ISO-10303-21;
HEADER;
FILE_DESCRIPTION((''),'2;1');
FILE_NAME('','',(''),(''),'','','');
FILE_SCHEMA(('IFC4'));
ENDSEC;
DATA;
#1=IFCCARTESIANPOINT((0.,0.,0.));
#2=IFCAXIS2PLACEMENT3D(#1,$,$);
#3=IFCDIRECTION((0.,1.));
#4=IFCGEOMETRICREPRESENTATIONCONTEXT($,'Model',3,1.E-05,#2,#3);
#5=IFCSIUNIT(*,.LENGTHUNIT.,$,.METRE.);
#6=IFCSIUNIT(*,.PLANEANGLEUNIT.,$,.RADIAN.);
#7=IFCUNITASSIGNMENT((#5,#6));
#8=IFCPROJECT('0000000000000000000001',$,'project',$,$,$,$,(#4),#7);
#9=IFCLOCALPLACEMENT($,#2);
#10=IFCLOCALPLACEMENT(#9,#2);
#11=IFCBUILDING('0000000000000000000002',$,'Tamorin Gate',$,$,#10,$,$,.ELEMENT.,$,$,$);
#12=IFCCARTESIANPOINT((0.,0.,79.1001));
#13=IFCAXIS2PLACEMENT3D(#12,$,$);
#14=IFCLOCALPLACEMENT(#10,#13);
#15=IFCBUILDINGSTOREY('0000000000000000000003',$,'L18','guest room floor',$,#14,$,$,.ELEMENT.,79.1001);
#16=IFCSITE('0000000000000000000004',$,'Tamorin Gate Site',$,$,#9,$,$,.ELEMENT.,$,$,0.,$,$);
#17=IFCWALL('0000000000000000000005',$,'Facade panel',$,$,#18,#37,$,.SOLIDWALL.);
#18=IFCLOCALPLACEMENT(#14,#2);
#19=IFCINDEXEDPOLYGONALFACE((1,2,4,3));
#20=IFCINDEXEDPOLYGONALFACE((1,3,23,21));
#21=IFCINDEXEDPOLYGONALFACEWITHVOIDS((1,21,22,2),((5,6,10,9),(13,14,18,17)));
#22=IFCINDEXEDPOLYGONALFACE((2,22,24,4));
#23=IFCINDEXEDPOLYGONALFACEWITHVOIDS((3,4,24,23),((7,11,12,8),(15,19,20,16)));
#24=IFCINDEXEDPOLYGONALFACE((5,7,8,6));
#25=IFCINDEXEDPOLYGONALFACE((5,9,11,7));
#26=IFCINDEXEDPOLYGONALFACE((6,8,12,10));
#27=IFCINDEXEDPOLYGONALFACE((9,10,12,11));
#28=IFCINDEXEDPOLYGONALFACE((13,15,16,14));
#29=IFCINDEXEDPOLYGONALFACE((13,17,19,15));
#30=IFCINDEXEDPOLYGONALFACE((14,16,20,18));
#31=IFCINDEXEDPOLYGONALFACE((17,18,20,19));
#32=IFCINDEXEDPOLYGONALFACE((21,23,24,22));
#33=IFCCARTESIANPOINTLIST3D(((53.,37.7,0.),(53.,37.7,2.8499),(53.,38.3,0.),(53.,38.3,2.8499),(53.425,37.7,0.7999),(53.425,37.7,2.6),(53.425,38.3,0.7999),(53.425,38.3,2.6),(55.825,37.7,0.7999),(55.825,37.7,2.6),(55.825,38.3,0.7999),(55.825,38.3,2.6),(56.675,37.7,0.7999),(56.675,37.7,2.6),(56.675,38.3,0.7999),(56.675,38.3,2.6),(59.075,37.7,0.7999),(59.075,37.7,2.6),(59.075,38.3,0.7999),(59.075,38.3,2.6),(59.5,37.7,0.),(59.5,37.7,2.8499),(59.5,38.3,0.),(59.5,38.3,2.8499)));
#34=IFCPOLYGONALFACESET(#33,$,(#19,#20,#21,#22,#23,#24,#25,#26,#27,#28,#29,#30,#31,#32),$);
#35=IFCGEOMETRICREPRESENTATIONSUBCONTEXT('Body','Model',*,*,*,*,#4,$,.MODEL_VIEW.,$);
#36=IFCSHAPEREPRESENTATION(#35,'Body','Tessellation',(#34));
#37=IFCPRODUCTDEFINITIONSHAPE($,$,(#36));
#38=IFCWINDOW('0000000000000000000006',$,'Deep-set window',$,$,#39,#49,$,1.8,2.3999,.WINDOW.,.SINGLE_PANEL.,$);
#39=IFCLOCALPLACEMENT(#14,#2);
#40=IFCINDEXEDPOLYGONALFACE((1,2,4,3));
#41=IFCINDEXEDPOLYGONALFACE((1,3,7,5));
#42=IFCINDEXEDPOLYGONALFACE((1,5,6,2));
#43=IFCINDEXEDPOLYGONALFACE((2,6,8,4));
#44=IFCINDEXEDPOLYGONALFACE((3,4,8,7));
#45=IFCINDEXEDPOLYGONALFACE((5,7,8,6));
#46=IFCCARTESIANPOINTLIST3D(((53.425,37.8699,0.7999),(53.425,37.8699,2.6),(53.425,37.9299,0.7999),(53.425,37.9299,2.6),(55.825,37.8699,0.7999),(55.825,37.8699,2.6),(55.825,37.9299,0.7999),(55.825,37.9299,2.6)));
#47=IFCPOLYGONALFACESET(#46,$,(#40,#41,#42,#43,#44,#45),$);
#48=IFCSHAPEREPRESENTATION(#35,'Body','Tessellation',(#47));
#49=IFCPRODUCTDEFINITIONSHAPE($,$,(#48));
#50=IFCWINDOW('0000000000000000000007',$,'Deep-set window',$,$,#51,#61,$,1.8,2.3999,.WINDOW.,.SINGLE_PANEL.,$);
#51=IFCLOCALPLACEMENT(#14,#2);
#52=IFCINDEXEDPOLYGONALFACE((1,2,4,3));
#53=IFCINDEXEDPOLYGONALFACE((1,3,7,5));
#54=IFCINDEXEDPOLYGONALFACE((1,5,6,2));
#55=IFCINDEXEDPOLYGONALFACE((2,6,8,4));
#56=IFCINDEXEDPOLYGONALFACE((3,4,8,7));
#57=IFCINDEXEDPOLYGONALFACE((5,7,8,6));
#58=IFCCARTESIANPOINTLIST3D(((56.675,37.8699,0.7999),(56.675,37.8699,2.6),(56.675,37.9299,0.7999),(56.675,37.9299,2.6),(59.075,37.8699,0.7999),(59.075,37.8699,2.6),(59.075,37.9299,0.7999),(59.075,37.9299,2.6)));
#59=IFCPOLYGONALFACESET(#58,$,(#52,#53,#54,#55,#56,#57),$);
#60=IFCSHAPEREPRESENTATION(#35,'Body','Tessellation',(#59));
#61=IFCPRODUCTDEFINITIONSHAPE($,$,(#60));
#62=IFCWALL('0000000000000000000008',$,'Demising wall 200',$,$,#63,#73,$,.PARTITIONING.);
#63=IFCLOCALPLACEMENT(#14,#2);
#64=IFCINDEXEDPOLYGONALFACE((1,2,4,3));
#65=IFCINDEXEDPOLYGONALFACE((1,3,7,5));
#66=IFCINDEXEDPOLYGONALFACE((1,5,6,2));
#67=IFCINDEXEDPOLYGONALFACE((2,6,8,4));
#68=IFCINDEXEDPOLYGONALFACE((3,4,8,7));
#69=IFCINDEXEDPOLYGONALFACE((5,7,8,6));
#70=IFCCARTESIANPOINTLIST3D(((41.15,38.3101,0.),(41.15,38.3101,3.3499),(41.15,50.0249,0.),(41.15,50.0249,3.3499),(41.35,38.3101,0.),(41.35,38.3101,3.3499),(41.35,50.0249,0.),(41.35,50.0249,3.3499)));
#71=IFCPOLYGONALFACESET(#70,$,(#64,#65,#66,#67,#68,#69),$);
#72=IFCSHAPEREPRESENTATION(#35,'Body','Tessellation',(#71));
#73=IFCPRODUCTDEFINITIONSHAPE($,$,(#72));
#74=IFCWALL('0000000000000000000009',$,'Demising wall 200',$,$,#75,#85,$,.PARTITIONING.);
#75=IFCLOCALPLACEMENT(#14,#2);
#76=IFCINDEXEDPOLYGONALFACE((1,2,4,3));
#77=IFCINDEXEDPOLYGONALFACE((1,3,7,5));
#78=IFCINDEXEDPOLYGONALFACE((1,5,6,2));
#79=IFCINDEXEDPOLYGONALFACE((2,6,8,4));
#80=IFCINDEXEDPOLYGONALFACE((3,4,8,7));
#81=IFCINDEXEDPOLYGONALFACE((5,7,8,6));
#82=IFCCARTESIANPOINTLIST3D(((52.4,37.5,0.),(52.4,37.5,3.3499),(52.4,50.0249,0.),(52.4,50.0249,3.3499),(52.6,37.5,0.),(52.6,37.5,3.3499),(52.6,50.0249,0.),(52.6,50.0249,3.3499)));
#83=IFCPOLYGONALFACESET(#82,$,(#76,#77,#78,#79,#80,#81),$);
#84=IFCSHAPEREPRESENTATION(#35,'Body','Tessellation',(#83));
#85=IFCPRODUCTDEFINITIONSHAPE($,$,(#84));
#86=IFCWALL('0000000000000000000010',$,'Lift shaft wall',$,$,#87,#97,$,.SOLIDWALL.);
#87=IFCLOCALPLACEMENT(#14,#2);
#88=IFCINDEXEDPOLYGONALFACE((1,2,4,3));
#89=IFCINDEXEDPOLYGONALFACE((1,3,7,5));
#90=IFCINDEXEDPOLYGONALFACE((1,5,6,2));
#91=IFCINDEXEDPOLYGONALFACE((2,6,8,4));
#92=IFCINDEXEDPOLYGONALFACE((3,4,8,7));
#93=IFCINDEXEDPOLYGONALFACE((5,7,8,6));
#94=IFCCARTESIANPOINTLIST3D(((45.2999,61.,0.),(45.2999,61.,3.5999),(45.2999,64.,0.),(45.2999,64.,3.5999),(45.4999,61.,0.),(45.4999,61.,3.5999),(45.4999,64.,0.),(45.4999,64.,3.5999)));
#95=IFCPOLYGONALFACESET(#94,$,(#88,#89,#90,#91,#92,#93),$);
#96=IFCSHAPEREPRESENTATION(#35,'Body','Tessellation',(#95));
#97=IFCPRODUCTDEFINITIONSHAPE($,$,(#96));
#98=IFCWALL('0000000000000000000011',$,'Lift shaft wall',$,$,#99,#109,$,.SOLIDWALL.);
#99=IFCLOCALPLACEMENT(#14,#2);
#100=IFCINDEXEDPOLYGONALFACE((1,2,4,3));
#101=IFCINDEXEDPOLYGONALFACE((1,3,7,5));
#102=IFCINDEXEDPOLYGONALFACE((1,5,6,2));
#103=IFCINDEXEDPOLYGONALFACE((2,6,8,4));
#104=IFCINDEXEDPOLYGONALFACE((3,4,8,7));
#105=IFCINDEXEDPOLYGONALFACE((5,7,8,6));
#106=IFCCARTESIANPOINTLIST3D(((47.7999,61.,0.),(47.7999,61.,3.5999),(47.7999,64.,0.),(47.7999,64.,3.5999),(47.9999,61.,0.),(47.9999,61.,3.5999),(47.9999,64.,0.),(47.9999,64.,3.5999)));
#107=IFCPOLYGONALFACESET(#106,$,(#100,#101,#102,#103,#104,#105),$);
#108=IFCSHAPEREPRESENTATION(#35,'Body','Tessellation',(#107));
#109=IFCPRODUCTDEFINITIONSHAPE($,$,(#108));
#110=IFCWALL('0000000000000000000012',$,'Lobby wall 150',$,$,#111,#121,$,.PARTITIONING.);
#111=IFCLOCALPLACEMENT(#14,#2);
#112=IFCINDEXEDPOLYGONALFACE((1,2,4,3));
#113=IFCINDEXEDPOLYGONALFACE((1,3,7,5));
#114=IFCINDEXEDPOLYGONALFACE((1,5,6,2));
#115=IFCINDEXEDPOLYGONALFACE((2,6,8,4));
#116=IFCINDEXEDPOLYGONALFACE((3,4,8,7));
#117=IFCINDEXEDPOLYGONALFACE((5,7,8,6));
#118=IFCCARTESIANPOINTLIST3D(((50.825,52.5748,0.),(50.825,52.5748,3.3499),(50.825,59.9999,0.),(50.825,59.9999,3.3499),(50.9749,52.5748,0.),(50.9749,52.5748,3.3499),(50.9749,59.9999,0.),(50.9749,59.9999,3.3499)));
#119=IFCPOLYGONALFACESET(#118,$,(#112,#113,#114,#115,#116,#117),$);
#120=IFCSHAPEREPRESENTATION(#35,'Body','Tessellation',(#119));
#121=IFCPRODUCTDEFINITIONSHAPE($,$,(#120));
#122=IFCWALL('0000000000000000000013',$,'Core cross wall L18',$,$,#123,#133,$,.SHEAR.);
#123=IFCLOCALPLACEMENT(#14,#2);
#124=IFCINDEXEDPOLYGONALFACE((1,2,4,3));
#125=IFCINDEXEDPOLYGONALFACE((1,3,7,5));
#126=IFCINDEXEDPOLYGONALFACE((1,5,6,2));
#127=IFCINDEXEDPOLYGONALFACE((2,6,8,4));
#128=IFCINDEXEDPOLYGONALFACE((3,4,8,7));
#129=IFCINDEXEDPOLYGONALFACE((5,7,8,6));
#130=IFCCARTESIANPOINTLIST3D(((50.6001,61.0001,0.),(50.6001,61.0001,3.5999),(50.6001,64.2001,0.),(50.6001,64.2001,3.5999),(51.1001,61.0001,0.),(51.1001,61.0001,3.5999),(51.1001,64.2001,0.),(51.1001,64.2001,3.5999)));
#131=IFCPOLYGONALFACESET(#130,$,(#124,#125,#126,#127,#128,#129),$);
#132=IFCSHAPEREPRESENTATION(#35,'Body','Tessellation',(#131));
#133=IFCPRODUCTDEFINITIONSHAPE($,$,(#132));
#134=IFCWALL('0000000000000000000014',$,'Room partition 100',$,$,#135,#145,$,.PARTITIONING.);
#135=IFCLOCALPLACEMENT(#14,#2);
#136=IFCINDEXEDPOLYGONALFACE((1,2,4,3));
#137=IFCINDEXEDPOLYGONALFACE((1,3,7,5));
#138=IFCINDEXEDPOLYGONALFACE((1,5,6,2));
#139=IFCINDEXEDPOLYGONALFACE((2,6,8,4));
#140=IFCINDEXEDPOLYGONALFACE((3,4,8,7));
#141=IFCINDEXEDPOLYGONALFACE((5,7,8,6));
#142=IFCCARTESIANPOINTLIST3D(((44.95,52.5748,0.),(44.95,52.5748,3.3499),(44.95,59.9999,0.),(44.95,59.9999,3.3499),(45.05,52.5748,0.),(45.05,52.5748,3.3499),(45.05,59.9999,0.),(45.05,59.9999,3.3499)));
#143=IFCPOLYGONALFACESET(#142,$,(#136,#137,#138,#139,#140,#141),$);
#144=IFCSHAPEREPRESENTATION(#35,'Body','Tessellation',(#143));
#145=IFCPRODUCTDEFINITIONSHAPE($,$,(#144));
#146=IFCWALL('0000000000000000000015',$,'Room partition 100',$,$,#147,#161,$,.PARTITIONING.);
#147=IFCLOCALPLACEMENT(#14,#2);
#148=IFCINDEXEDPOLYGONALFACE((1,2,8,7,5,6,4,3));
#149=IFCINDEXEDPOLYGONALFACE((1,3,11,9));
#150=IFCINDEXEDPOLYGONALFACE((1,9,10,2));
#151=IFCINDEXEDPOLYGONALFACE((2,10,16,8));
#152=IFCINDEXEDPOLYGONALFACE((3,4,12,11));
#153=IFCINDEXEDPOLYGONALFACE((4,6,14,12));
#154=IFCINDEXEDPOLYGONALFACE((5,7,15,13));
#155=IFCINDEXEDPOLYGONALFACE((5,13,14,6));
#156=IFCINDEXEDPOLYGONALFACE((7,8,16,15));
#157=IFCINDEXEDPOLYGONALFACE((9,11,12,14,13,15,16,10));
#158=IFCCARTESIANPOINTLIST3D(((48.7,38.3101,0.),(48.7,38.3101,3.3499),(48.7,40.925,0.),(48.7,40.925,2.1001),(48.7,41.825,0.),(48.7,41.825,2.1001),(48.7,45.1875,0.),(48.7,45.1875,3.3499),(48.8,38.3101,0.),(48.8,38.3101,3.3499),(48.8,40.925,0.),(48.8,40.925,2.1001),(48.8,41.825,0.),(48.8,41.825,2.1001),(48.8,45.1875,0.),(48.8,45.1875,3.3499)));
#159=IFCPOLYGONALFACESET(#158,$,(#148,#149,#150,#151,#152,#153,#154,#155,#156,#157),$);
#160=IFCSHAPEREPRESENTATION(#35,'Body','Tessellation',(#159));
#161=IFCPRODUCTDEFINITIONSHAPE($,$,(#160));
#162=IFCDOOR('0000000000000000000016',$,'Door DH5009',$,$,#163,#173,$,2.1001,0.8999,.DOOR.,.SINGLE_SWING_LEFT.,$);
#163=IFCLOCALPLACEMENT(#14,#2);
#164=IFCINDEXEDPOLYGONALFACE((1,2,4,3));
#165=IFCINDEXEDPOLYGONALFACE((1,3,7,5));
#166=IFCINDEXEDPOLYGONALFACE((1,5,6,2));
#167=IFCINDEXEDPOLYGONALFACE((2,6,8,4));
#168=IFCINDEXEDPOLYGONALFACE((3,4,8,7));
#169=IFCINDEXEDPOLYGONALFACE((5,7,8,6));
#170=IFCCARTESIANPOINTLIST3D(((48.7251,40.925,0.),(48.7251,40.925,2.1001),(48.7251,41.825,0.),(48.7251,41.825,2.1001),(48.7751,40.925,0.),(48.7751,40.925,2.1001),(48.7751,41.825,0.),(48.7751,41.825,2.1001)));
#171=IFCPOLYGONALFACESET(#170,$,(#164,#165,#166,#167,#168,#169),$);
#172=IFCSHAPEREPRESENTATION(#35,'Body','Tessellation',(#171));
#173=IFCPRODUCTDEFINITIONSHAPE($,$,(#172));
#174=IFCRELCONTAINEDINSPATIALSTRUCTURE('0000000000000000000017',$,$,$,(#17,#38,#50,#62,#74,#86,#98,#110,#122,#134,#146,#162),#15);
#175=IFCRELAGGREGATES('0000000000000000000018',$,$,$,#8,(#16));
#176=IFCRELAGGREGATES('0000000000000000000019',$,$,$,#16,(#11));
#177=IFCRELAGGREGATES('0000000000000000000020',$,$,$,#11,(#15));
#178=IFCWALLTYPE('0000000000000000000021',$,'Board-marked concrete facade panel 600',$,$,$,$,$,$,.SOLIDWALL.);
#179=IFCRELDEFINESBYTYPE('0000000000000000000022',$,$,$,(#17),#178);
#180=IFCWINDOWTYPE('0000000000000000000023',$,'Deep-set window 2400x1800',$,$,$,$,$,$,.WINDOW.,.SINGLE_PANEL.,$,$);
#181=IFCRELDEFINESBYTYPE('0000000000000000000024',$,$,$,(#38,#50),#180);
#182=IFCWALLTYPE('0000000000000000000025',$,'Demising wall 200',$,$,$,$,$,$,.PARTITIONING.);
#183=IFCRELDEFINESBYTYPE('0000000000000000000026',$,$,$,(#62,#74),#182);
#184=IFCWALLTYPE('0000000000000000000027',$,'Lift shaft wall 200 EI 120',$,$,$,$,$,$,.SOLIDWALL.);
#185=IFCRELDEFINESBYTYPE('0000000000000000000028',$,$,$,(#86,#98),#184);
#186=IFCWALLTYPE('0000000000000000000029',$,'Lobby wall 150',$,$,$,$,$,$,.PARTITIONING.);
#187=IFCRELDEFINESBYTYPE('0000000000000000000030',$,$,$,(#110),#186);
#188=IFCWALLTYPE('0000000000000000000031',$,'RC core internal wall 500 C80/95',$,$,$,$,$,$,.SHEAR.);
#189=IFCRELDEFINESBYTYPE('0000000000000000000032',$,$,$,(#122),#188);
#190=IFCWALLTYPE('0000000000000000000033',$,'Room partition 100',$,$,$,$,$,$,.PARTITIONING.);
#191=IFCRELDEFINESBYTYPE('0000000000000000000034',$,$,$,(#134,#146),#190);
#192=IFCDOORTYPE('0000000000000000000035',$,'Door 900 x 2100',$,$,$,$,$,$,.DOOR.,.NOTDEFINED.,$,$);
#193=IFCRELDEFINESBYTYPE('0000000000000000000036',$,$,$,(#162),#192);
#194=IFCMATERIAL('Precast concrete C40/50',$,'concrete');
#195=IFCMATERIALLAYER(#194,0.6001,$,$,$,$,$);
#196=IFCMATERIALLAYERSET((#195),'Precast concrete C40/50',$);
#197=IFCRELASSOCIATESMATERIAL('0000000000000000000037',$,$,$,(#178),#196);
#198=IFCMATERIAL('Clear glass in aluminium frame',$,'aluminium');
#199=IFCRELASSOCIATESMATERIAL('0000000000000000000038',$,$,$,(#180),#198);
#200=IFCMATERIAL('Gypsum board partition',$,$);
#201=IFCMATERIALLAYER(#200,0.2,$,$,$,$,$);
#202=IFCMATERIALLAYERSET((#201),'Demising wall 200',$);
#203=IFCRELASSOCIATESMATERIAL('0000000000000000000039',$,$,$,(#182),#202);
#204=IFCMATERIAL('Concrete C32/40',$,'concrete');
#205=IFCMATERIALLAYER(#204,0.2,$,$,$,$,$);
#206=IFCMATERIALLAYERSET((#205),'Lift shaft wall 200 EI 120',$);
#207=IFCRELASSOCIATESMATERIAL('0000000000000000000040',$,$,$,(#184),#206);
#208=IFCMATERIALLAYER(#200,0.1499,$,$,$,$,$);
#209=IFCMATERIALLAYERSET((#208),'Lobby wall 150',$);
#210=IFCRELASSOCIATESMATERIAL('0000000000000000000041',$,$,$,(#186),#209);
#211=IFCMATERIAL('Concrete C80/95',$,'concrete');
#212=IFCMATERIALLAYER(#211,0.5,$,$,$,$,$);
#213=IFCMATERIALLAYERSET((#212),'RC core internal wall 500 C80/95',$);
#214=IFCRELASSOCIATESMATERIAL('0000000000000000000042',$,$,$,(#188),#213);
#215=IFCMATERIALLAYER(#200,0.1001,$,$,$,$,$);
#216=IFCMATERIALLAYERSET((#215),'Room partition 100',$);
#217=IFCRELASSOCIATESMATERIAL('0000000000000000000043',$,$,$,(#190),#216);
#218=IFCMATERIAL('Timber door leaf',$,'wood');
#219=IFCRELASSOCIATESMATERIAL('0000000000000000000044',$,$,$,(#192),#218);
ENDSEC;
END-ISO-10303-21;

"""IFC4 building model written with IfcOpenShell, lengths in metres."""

from ifc_helpers import new_model, si_unit, direction, frame, frame_2d, origin, place, context, subcontext, project, spatial, rectangle, extrude, material, layer, layer_set, type_object, element, fill, save


model = new_model("IFC4")

# Units and contexts
model_context = context("Model", 3, precision=1e-05, world=origin(), true_north=direction((0.0, 1.0)))
body_context = subcontext(model_context, "Body", "Model", "MODEL_VIEW")
ifc_project = project(units=[si_unit("LENGTHUNIT", "METRE"), si_unit("PLANEANGLEUNIT", "RADIAN")], contexts=[model_context])

# Site, building, storey
site_placement = place(None, origin())
site = spatial("IfcSite", under=ifc_project, at=site_placement, Name="Tamorin Gate Site", CompositionType="ELEMENT", RefElevation=0.0)
building_placement = place(site_placement, origin())
building = spatial("IfcBuilding", under=site, at=building_placement, Name="Tamorin Gate", CompositionType="ELEMENT")
storey_placement = place(building_placement, frame((0.0, 0.0, 79.1001)))
storey = spatial("IfcBuildingStorey", under=building, at=storey_placement, Name="L18", Description="guest room floor", CompositionType="ELEMENT", Elevation=79.1001)

# Shared definitions
ifc_material_1 = material(Name="Concrete C80/95", Category="concrete")

# Wall, openings, windows
ifc_material_2 = material(Name="Precast concrete C40/50", Category="concrete")
ifc_layer_1 = layer(ifc_material_2, 0.6001)
ifc_layer_set_1 = layer_set([ifc_layer_1], Name="Precast concrete C40/50")
wall_type_1 = type_object("IfcWallType", Name="Board-marked concrete facade panel 600", PredefinedType="SOLIDWALL", material=ifc_layer_set_1)
ifc_material_3 = material(Name="Clear glass in aluminium frame", Category="aluminium")
window_type = type_object("IfcWindowType", Name="Deep-set window 2400x1800", PartitioningType="SINGLE_PANEL", PredefinedType="WINDOW", material=ifc_material_3)
wall_1_placement = place(storey_placement, frame((53.0, 38.0, 0.0), z_axis=(0.0, 0.0, 1.0), x_axis=(1.0, 0.0, 0.0)))
wall_1 = element("IfcWall", 1, at=wall_1_placement, inside=storey, type_object=wall_type_1, Name="Facade panel", PredefinedType="SOLIDWALL", context=body_context, shape_type="SweptSolid", body=[
    extrude(rectangle(XDim=6.5, YDim=0.6001, at=frame_2d((3.25, 0.0))), origin(), (0.0, 0.0, 1.0), 2.8499),
])
opening_1_placement = place(wall_1_placement, frame((0.425, 0.0, 0.8)))
opening_1 = element("IfcOpeningElement", 2, at=opening_1_placement, cuts=wall_1, PredefinedType="OPENING", context=body_context, shape_type="SweptSolid", body=[
    extrude(rectangle(XDim=2.3999, YDim=1.8, at=frame_2d((1.2, 0.8999))), frame((0.0, 0.3101, 0.0), z_axis=(0.0, -1.0, 0.0), x_axis=(1.0, 0.0, 0.0)), (0.0, 0.0, 1.0), 0.6201),
])
opening_2_placement = place(wall_1_placement, frame((3.675, 0.0, 0.8)))
opening_2 = element("IfcOpeningElement", 3, at=opening_2_placement, cuts=wall_1, PredefinedType="OPENING", context=body_context, shape_type="SweptSolid", body=[
    extrude(rectangle(XDim=2.3999, YDim=1.8, at=frame_2d((1.2, 0.8999))), frame((0.0, 0.3101, 0.0), z_axis=(0.0, -1.0, 0.0), x_axis=(1.0, 0.0, 0.0)), (0.0, 0.0, 1.0), 0.6201),
])
window_1_placement = place(opening_1_placement, origin())
window_1 = element("IfcWindow", 4, at=window_1_placement, inside=storey, type_object=window_type, Name="Deep-set window", OverallHeight=1.8, OverallWidth=2.3999, PartitioningType="SINGLE_PANEL", PredefinedType="WINDOW", context=body_context, shape_type="SweptSolid", body=[
    extrude(rectangle(XDim=2.3999, YDim=1.8, at=frame_2d((1.2, 0.8999))), frame((0.0, -0.0701, 0.0), z_axis=(0.0, -1.0, 0.0), x_axis=(1.0, 0.0, 0.0)), (0.0, 0.0, 1.0), 0.0601),
])
fill(opening_1, window_1)
window_2_placement = place(opening_2_placement, origin())
window_2 = element("IfcWindow", 5, at=window_2_placement, inside=storey, type_object=window_type, Name="Deep-set window", OverallHeight=1.8, OverallWidth=2.3999, PartitioningType="SINGLE_PANEL", PredefinedType="WINDOW", context=body_context, shape_type="SweptSolid", body=[
    extrude(rectangle(XDim=2.3999, YDim=1.8, at=frame_2d((1.2, 0.8999))), frame((0.0, -0.0701, 0.0), z_axis=(0.0, -1.0, 0.0), x_axis=(1.0, 0.0, 0.0)), (0.0, 0.0, 1.0), 0.0601),
])
fill(opening_2, window_2)

# Walls
ifc_material_4 = material(Name="Gypsum board partition")
ifc_layer_2 = layer(ifc_material_4, 0.2)
ifc_layer_set_2 = layer_set([ifc_layer_2], Name="Demising wall 200")
wall_type_2 = type_object("IfcWallType", Name="Demising wall 200", PredefinedType="PARTITIONING", material=ifc_layer_set_2)
wall_2_placement = place(storey_placement, frame((41.25, 38.3101, 0.0), z_axis=(0.0, 0.0, 1.0), x_axis=(0.0, 1.0, 0.0)))
element("IfcWall", 6, at=wall_2_placement, inside=storey, type_object=wall_type_2, Name="Demising wall 200", PredefinedType="PARTITIONING", context=body_context, shape_type="SweptSolid", body=[
    extrude(rectangle(XDim=11.7148, YDim=0.2, at=frame_2d((5.8574, 0.0))), origin(), (0.0, 0.0, 1.0), 3.3499),
])
wall_3_placement = place(storey_placement, frame((52.5, 37.5, 0.0), z_axis=(0.0, 0.0, 1.0), x_axis=(0.0, 1.0, 0.0)))
element("IfcWall", 7, at=wall_3_placement, inside=storey, type_object=wall_type_2, Name="Demising wall 200", PredefinedType="PARTITIONING", context=body_context, shape_type="SweptSolid", body=[
    extrude(rectangle(XDim=12.5249, YDim=0.2, at=frame_2d((6.2625, 0.0))), origin(), (0.0, 0.0, 1.0), 3.3499),
])
ifc_material_5 = material(Name="Concrete C32/40", Category="concrete")
ifc_layer_3 = layer(ifc_material_5, 0.2)
ifc_layer_set_3 = layer_set([ifc_layer_3], Name="Lift shaft wall 200 EI 120")
wall_type_3 = type_object("IfcWallType", Name="Lift shaft wall 200 EI 120", PredefinedType="SOLIDWALL", material=ifc_layer_set_3)
for number, where, z_axis, x_axis, name in (
    (8, (45.3999, 61.0, 0.0), (0.0, 0.0, 1.0), (0.0, 1.0, 0.0), "Lift shaft wall"),
    (9, (47.8999, 61.0, 0.0), (0.0, 0.0, 1.0), (0.0, 1.0, 0.0), "Lift shaft wall"),
):
    element("IfcWall", number, at=place(storey_placement, frame(where, z_axis=z_axis, x_axis=x_axis)), inside=storey, type_object=wall_type_3, Name=name, PredefinedType="SOLIDWALL", context=body_context, shape_type="SweptSolid", body=[
        extrude(rectangle(XDim=3.0, YDim=0.2, at=frame_2d((1.5, 0.0))), origin(), (0.0, 0.0, 1.0), 3.5999),
    ])
ifc_layer_4 = layer(ifc_material_4, 0.1499)
ifc_layer_set_4 = layer_set([ifc_layer_4], Name="Lobby wall 150")
wall_type_4 = type_object("IfcWallType", Name="Lobby wall 150", PredefinedType="PARTITIONING", material=ifc_layer_set_4)
wall_4_placement = place(storey_placement, frame((50.8999, 52.575, 0.0), z_axis=(0.0, 0.0, 1.0), x_axis=(0.0, 1.0, 0.0)))
element("IfcWall", 10, at=wall_4_placement, inside=storey, type_object=wall_type_4, Name="Lobby wall 150", PredefinedType="PARTITIONING", context=body_context, shape_type="SweptSolid", body=[
    extrude(rectangle(XDim=7.425, YDim=0.1499, at=frame_2d((3.7124, 0.0))), origin(), (0.0, 0.0, 1.0), 3.3499),
])
ifc_layer_5 = layer(ifc_material_1, 0.5)
ifc_layer_set_5 = layer_set([ifc_layer_5], Name="RC core internal wall 500 C80/95")
wall_type_5 = type_object("IfcWallType", Name="RC core internal wall 500 C80/95", PredefinedType="SHEAR", material=ifc_layer_set_5)
wall_5_placement = place(storey_placement, frame((50.8501, 61.0, 0.0), z_axis=(0.0, 0.0, 1.0), x_axis=(0.0, 1.0, 0.0)))
element("IfcWall", 11, at=wall_5_placement, inside=storey, type_object=wall_type_5, Name="Core cross wall L18", PredefinedType="SHEAR", context=body_context, shape_type="SweptSolid", body=[
    extrude(rectangle(XDim=3.2, YDim=0.5, at=frame_2d((1.6001, 0.0))), origin(), (0.0, 0.0, 1.0), 3.5999),
])
ifc_layer_6 = layer(ifc_material_4, 0.1001)
ifc_layer_set_6 = layer_set([ifc_layer_6], Name="Room partition 100")
wall_type_6 = type_object("IfcWallType", Name="Room partition 100", PredefinedType="PARTITIONING", material=ifc_layer_set_6)
wall_6_placement = place(storey_placement, frame((45.0, 52.575, 0.0), z_axis=(0.0, 0.0, 1.0), x_axis=(0.0, 1.0, 0.0)))
element("IfcWall", 12, at=wall_6_placement, inside=storey, type_object=wall_type_6, Name="Room partition 100", PredefinedType="PARTITIONING", context=body_context, shape_type="SweptSolid", body=[
    extrude(rectangle(XDim=7.425, YDim=0.1001, at=frame_2d((3.7124, 0.0))), origin(), (0.0, 0.0, 1.0), 3.3499),
])

# Wall, opening, door
wall_7_placement = place(storey_placement, frame((48.75, 38.3101, 0.0), z_axis=(0.0, 0.0, 1.0), x_axis=(0.0, 1.0, 0.0)))
wall_7 = element("IfcWall", 13, at=wall_7_placement, inside=storey, type_object=wall_type_6, Name="Room partition 100", PredefinedType="PARTITIONING", context=body_context, shape_type="SweptSolid", body=[
    extrude(rectangle(XDim=6.8774, YDim=0.1001, at=frame_2d((3.4387, 0.0))), origin(), (0.0, 0.0, 1.0), 3.3499),
])
opening_3_placement = place(wall_7_placement, frame((2.615, 0.0, 0.0)))
opening_3 = element("IfcOpeningElement", 14, at=opening_3_placement, cuts=wall_7, PredefinedType="OPENING", context=body_context, shape_type="SweptSolid", body=[
    extrude(rectangle(XDim=0.8999, YDim=2.1001, at=frame_2d((0.45, 1.05))), frame((0.0, 0.0601, 0.0), z_axis=(0.0, -1.0, 0.0), x_axis=(1.0, 0.0, 0.0)), (0.0, 0.0, 1.0), 0.1201),
])
ifc_material_6 = material(Name="Timber door leaf", Category="wood")
door_type_1 = type_object("IfcDoorType", Name="Door 900 x 2100", OperationType="NOTDEFINED", PredefinedType="DOOR", material=ifc_material_6)
door_1_placement = place(opening_3_placement, origin())
door_1 = element("IfcDoor", 15, at=door_1_placement, inside=storey, type_object=door_type_1, Name="Door DH5009", OperationType="SINGLE_SWING_LEFT", OverallHeight=2.1001, OverallWidth=0.8999, PredefinedType="DOOR", context=body_context, shape_type="SweptSolid", body=[
    extrude(rectangle(XDim=0.8999, YDim=2.1001, at=frame_2d((0.45, 1.05))), frame((0.0, 0.0249, 0.0), z_axis=(0.0, -1.0, 0.0), x_axis=(1.0, 0.0, 0.0)), (0.0, 0.0, 1.0), 0.05),
])
fill(opening_3, door_1)

save(model, "model.ifc")
